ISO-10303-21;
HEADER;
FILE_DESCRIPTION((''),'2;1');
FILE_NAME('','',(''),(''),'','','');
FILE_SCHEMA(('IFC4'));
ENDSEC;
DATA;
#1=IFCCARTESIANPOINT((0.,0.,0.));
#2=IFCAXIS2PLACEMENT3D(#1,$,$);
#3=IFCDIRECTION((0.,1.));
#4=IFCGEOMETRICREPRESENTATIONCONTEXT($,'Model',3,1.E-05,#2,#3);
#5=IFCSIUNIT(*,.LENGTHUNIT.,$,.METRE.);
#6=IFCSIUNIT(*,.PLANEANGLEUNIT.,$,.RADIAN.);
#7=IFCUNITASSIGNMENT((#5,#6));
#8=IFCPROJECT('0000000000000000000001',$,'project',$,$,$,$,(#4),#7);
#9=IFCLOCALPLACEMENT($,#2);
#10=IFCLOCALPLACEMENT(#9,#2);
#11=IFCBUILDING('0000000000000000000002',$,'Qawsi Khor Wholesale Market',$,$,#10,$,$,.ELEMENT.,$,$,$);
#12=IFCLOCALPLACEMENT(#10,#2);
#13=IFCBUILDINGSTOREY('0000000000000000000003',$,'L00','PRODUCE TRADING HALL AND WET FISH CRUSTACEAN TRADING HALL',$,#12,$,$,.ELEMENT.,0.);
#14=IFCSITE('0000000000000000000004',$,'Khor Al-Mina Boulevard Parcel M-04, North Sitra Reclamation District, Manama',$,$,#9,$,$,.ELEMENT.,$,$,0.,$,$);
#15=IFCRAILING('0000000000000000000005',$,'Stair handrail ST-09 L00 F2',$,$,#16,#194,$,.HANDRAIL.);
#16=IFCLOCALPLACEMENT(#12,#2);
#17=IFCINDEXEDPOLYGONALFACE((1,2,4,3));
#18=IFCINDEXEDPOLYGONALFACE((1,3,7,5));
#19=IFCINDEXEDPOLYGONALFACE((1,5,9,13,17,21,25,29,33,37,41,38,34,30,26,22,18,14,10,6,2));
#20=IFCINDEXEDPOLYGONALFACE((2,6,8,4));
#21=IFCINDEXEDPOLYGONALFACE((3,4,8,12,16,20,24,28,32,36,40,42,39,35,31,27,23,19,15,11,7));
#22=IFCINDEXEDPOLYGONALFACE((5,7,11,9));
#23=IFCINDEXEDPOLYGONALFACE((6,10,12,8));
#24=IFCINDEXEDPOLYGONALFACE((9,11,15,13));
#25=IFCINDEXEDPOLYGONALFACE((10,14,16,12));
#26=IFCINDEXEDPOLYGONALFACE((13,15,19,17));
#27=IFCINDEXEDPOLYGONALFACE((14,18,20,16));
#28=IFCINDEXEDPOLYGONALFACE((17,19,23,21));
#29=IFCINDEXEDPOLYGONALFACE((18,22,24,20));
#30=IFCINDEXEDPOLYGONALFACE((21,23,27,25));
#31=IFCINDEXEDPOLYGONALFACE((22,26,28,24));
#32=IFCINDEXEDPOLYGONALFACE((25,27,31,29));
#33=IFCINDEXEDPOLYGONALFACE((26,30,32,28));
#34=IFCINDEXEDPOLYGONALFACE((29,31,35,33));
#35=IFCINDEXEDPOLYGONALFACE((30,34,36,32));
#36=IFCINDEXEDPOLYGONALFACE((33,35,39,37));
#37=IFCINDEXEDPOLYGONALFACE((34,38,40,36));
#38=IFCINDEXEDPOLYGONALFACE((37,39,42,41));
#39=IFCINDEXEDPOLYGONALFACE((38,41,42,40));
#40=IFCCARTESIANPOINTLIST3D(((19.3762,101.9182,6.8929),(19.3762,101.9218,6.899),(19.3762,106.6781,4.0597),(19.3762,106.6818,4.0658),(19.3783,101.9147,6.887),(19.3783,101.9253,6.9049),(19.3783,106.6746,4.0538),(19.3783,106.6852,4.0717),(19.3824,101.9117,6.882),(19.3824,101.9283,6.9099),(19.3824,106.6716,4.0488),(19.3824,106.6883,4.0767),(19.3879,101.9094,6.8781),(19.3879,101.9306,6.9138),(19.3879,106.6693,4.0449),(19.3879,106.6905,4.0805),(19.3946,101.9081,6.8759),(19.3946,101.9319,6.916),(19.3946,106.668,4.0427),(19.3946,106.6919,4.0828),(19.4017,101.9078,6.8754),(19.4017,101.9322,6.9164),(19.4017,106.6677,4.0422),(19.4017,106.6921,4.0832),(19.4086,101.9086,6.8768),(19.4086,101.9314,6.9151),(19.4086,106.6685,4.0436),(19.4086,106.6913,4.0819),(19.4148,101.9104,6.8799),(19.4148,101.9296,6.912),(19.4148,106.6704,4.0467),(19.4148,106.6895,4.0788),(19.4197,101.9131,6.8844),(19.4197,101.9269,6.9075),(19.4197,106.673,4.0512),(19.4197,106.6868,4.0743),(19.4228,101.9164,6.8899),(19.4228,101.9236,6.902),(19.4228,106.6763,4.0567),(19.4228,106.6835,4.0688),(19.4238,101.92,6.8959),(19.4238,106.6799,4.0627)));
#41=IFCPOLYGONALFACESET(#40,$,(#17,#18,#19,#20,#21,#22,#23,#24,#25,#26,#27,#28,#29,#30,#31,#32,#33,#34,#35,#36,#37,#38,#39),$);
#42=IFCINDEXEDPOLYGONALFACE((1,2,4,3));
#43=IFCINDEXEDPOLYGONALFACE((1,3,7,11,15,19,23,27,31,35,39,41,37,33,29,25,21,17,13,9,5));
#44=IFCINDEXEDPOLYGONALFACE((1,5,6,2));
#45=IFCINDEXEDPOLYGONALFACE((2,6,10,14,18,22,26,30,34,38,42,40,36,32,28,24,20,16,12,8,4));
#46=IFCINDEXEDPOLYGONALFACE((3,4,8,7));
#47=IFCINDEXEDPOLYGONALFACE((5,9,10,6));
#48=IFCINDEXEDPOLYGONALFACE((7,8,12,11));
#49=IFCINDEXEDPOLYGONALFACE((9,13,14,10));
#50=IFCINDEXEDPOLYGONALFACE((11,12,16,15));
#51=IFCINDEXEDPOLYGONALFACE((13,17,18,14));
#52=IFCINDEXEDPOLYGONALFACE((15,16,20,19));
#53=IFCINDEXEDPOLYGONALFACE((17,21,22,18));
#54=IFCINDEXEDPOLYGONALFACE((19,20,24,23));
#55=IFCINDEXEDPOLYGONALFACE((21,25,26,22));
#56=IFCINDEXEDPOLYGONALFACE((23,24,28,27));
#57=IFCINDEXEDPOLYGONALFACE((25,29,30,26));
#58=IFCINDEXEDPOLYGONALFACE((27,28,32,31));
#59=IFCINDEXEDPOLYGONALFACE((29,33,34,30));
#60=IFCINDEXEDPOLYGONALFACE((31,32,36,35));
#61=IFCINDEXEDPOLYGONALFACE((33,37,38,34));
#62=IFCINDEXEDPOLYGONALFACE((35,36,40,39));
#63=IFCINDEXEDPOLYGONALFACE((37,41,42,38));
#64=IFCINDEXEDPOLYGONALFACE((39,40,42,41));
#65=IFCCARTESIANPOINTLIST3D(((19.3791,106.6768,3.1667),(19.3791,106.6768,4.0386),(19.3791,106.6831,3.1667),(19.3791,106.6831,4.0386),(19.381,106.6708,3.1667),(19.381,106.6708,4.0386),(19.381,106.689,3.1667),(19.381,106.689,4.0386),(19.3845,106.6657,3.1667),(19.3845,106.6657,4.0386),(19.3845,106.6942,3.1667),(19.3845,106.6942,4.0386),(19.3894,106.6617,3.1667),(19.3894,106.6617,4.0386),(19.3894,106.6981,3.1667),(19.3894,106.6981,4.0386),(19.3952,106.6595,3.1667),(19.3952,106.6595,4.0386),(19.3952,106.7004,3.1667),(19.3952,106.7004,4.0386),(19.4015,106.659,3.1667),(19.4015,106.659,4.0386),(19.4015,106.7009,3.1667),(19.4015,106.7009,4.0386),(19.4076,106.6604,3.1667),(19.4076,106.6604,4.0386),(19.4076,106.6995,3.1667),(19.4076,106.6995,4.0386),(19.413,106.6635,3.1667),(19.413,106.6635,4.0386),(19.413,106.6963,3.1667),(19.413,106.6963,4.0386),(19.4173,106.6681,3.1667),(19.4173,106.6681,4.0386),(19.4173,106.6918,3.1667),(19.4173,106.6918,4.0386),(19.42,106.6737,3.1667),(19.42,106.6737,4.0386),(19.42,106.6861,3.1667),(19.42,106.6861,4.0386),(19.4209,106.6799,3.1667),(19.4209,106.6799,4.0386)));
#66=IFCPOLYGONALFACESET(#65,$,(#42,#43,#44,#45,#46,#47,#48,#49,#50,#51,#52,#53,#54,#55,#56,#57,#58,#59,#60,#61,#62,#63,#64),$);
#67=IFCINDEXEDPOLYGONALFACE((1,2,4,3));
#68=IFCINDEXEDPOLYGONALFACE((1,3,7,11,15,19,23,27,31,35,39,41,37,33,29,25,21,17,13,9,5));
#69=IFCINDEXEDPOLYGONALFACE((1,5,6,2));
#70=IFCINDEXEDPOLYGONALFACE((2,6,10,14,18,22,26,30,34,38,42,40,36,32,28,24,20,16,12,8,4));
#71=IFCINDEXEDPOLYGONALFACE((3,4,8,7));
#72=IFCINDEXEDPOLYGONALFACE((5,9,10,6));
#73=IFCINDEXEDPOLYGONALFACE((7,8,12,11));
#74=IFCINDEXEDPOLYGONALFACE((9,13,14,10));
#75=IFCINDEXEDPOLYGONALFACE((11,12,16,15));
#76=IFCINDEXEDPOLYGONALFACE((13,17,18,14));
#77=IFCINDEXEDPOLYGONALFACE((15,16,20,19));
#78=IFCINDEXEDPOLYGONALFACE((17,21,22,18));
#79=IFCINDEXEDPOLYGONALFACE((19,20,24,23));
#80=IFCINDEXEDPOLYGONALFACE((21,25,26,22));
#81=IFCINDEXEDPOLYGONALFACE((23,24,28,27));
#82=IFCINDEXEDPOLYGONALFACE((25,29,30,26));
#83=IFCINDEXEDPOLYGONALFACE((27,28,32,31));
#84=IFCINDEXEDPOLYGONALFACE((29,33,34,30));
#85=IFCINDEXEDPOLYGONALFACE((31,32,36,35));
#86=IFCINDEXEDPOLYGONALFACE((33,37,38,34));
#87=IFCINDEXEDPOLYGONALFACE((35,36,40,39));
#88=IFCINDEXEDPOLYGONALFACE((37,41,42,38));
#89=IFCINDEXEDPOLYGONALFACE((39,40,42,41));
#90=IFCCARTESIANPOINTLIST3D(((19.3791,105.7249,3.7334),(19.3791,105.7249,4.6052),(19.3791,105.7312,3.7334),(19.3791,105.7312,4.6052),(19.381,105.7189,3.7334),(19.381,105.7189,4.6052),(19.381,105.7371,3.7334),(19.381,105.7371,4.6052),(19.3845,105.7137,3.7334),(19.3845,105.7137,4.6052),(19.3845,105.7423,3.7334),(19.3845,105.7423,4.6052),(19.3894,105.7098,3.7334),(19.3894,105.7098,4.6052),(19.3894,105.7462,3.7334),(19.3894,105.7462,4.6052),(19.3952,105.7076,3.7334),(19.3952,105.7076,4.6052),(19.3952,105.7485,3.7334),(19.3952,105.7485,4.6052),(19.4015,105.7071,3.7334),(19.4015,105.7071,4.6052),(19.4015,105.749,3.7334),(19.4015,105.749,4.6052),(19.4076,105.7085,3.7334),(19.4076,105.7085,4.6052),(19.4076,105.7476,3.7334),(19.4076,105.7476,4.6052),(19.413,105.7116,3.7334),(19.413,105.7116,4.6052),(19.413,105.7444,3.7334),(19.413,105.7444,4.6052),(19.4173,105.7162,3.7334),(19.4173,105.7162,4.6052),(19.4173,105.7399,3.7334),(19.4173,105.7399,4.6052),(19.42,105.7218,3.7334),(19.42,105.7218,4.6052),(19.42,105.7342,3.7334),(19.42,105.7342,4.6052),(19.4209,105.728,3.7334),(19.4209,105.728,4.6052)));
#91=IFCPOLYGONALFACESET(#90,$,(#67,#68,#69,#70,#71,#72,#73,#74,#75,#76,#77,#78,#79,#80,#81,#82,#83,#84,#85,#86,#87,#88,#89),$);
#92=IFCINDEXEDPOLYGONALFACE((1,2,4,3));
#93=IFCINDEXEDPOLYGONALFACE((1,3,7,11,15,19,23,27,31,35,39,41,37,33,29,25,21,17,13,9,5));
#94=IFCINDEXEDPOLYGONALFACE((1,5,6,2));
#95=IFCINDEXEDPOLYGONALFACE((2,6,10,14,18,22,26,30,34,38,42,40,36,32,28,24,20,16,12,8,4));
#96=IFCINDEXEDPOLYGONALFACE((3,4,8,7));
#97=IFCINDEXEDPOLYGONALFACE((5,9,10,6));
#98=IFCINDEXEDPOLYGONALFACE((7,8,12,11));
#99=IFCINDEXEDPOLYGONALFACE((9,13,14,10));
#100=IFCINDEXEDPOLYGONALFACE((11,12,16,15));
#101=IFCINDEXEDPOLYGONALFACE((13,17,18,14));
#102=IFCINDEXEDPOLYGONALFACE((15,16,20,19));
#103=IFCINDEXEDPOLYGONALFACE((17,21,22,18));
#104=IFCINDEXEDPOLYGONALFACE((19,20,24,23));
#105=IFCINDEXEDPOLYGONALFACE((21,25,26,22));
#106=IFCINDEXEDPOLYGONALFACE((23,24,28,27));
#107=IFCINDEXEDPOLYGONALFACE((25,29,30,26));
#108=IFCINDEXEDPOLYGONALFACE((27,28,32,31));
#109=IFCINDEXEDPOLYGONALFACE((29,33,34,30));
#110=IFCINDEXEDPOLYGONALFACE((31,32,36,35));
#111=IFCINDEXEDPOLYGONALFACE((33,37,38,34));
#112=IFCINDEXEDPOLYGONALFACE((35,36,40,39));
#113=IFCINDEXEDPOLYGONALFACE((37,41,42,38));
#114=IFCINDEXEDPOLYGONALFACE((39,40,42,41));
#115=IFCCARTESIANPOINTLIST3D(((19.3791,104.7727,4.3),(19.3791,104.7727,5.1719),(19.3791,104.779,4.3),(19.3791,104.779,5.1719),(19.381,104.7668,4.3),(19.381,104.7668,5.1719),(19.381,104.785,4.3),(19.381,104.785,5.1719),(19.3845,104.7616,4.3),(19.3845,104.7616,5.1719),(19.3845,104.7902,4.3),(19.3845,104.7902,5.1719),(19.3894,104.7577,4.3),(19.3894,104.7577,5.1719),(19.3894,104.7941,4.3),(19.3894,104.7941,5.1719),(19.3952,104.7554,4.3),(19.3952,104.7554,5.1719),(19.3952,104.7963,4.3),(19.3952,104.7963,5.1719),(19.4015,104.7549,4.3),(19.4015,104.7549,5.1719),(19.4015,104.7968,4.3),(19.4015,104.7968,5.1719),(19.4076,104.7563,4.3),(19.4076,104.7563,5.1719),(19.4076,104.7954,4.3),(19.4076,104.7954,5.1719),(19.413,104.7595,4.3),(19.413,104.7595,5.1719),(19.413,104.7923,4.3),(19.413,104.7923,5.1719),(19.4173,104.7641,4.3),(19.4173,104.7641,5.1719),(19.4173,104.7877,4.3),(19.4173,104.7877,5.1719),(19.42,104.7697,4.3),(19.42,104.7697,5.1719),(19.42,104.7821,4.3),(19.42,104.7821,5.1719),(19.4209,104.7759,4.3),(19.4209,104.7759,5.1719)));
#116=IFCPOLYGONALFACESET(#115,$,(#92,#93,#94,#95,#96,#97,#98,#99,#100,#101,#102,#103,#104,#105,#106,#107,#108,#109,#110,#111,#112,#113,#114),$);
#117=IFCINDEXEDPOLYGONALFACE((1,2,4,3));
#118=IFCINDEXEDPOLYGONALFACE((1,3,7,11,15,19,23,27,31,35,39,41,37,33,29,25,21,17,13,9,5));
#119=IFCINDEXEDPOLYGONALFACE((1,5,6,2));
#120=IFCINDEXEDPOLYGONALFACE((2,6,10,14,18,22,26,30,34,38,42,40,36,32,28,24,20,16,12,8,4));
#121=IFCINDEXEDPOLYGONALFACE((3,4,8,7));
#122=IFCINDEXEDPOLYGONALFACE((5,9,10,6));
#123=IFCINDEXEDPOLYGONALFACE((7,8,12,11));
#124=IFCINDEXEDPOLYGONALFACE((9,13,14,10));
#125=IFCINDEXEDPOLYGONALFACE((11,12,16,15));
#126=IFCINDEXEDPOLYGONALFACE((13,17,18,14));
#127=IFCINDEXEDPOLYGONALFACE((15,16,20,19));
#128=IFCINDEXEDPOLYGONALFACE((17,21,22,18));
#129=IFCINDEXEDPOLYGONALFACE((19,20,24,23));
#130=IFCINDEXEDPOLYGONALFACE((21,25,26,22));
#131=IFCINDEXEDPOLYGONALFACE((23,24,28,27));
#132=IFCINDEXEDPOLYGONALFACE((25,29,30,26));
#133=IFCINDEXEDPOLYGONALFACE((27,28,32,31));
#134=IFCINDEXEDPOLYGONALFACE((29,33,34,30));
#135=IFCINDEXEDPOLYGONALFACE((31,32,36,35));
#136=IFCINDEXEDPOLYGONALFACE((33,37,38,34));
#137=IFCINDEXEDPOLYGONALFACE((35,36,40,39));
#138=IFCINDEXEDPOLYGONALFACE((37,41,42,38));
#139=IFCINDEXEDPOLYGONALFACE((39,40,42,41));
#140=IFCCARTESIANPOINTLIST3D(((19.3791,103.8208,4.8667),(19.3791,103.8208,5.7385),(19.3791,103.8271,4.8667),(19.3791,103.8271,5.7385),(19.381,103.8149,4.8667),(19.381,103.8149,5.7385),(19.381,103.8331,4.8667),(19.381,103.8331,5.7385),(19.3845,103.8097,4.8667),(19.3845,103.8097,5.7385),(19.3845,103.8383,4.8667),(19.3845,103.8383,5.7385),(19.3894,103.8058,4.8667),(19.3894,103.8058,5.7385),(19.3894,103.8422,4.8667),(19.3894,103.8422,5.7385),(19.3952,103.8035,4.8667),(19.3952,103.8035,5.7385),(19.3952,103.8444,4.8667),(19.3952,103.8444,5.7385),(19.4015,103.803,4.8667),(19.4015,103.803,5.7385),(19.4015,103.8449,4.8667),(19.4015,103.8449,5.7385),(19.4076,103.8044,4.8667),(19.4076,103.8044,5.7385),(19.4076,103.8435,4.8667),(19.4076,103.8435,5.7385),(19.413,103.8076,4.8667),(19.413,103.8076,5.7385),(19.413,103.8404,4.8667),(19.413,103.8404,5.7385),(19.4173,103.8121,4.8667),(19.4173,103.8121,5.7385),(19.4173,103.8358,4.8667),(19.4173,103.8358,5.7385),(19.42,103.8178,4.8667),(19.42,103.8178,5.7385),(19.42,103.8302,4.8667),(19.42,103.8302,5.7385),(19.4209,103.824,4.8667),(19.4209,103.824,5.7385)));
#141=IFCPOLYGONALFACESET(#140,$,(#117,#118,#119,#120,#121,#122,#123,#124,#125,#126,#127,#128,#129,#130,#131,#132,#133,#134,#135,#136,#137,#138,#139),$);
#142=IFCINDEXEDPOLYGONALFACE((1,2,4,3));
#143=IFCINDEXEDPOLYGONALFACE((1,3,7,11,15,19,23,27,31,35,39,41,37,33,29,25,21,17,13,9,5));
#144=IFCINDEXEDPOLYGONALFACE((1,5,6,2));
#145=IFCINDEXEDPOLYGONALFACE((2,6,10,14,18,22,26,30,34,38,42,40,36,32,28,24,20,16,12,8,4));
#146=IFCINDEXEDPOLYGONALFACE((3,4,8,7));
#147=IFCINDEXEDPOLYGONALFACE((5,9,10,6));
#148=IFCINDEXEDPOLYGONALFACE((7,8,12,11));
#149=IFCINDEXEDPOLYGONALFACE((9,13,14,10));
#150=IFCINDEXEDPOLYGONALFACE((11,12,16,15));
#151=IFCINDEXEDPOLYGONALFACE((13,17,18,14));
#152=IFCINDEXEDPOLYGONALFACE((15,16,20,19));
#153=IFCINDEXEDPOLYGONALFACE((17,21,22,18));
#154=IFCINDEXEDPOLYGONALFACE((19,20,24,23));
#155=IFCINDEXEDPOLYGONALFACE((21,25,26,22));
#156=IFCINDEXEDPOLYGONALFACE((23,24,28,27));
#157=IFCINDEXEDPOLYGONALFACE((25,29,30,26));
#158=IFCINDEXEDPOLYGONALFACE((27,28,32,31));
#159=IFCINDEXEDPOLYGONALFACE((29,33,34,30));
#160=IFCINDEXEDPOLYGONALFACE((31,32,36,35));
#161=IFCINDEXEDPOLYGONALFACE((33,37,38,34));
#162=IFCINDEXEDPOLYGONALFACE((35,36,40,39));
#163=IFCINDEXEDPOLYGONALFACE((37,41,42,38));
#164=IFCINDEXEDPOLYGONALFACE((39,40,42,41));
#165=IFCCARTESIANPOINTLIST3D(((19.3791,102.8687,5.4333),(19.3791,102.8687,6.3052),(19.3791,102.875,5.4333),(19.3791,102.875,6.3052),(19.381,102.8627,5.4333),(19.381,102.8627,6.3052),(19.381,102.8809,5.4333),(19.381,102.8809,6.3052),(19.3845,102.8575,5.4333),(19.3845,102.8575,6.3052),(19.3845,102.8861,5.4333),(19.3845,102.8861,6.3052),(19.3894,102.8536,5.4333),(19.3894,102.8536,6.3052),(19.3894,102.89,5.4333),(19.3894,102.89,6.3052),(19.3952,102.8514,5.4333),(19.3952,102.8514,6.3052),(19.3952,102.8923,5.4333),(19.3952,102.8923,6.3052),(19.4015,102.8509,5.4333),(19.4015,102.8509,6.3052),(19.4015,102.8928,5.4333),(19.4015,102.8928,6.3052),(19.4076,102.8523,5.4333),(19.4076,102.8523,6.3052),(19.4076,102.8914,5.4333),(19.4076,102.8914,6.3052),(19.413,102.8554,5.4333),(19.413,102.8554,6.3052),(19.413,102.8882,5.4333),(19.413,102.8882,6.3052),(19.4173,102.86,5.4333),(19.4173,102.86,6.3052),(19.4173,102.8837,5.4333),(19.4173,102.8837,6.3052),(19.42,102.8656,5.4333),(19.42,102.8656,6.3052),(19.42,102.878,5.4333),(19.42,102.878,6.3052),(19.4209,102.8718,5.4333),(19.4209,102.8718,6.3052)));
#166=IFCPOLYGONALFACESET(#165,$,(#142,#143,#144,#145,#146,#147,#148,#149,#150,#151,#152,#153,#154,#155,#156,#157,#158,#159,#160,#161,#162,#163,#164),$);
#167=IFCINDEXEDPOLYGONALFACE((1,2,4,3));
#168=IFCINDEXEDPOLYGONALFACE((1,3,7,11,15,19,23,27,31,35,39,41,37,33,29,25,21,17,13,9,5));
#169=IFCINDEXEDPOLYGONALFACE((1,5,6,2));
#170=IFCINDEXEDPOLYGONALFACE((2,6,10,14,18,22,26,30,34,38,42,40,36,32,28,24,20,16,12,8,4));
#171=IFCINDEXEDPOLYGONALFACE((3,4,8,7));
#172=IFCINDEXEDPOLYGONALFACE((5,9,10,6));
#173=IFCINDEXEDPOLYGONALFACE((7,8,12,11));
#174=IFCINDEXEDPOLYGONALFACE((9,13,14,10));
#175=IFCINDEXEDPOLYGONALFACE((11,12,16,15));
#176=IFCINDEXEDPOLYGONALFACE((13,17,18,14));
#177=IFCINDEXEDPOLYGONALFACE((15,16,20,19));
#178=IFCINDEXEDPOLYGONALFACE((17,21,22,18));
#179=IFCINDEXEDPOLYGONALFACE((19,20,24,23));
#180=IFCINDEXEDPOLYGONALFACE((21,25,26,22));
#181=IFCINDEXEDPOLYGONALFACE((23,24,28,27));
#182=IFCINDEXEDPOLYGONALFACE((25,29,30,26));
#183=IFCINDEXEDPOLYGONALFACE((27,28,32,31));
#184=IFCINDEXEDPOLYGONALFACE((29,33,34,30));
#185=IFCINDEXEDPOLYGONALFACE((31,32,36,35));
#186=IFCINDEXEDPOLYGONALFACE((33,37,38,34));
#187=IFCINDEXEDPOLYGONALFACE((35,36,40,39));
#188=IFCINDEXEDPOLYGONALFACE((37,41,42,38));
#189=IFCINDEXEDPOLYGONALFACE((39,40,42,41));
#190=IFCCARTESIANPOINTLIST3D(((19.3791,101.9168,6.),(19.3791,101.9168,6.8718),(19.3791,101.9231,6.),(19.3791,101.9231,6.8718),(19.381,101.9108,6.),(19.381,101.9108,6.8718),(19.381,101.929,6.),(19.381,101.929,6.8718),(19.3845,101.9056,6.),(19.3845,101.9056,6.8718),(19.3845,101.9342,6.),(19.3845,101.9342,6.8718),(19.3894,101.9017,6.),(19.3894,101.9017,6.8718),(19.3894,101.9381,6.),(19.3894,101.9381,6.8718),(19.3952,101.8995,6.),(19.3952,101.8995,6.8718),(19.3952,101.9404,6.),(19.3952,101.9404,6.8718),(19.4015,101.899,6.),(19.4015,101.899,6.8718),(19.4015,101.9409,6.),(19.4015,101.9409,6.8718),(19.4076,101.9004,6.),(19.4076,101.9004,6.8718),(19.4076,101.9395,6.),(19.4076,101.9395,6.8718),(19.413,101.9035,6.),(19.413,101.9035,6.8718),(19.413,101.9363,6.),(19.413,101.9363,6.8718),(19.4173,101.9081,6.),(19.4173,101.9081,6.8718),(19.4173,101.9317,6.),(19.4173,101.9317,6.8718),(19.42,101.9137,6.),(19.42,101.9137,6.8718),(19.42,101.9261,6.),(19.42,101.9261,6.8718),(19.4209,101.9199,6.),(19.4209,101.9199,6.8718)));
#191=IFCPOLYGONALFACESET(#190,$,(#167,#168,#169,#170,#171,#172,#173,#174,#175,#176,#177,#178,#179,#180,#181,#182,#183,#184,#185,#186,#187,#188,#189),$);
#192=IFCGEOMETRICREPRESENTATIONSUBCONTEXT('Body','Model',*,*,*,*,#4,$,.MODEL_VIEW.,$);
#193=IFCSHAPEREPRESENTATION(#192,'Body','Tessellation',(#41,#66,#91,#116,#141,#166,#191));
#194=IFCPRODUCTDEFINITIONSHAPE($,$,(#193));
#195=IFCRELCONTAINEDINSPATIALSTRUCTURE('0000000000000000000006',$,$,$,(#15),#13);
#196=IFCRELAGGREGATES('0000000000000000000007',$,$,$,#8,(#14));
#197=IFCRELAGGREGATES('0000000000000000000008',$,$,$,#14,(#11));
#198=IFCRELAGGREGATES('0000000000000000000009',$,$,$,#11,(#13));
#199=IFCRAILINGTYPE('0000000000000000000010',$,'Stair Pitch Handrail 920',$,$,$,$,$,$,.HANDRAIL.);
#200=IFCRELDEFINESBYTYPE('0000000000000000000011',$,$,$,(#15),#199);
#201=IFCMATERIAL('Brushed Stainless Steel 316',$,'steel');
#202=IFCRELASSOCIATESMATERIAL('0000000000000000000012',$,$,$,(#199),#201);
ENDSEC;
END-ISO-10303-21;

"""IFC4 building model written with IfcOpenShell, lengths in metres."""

from ifc_helpers import new_model, si_unit, direction, frame, origin, origin_2d, place, context, subcontext, project, spatial, circle, extrude, material, type_object, element, save


model = new_model("IFC4")

# Units and contexts
model_context = context("Model", 3, precision=1e-05, world=origin(), true_north=direction((0.0, 1.0)))
body_context = subcontext(model_context, "Body", "Model", "MODEL_VIEW")
ifc_project = project(units=[si_unit("LENGTHUNIT", "METRE"), si_unit("PLANEANGLEUNIT", "RADIAN")], contexts=[model_context])

# Site, building, storey
site_placement = place(None, origin())
site = spatial("IfcSite", under=ifc_project, at=site_placement, Name="Khor Al-Mina Boulevard Parcel M-04, North Sitra Reclamation District, Manama", CompositionType="ELEMENT", RefElevation=0.0)
building_placement = place(site_placement, origin())
building = spatial("IfcBuilding", under=site, at=building_placement, Name="Qawsi Khor Wholesale Market", CompositionType="ELEMENT")
storey_placement = place(building_placement, origin())
storey = spatial("IfcBuildingStorey", under=building, at=storey_placement, Name="L00", Description="PRODUCE TRADING HALL AND WET FISH CRUSTACEAN TRADING HALL", CompositionType="ELEMENT", Elevation=0.0)

# Railing
ifc_material_1 = material(Name="Brushed Stainless Steel 316", Category="steel")
railing_type = type_object("IfcRailingType", Name="Stair Pitch Handrail 920", PredefinedType="HANDRAIL", material=ifc_material_1)
railing_1_placement = place(storey_placement, frame((19.3999, 106.6799, 3.1667)))
element("IfcRailing", 1, at=railing_1_placement, inside=storey, type_object=railing_type, Name="Stair handrail ST-09 L00 F2", PredefinedType="HANDRAIL", context=body_context, shape_type="SweptSolid", body=[
    extrude(circle(Radius=0.0239, at=origin_2d()), frame((0.0, 0.0, 0.896), z_axis=(0.0, -0.8593, 0.511472), x_axis=(1.0, 0.0, 0.0)), (0.0, 0.0, 1.0), 5.5393),
    extrude(circle(Radius=0.021, at=origin_2d()), origin(), (0.0, 0.0, 1.0), 0.8718),
    extrude(circle(Radius=0.021, at=origin_2d()), frame((0.0, -0.9519, 0.5667)), (0.0, 0.0, 1.0), 0.8718),
    extrude(circle(Radius=0.021, at=origin_2d()), frame((0.0, -1.9041, 1.1333)), (0.0, 0.0, 1.0), 0.8718),
    extrude(circle(Radius=0.021, at=origin_2d()), frame((0.0, -2.856, 1.7)), (0.0, 0.0, 1.0), 0.8718),
    extrude(circle(Radius=0.021, at=origin_2d()), frame((0.0, -3.8081, 2.2666)), (0.0, 0.0, 1.0), 0.8718),
    extrude(circle(Radius=0.021, at=origin_2d()), frame((0.0, -4.76, 2.8333)), (0.0, 0.0, 1.0), 0.8718),
])

save(model, "model.ifc")
